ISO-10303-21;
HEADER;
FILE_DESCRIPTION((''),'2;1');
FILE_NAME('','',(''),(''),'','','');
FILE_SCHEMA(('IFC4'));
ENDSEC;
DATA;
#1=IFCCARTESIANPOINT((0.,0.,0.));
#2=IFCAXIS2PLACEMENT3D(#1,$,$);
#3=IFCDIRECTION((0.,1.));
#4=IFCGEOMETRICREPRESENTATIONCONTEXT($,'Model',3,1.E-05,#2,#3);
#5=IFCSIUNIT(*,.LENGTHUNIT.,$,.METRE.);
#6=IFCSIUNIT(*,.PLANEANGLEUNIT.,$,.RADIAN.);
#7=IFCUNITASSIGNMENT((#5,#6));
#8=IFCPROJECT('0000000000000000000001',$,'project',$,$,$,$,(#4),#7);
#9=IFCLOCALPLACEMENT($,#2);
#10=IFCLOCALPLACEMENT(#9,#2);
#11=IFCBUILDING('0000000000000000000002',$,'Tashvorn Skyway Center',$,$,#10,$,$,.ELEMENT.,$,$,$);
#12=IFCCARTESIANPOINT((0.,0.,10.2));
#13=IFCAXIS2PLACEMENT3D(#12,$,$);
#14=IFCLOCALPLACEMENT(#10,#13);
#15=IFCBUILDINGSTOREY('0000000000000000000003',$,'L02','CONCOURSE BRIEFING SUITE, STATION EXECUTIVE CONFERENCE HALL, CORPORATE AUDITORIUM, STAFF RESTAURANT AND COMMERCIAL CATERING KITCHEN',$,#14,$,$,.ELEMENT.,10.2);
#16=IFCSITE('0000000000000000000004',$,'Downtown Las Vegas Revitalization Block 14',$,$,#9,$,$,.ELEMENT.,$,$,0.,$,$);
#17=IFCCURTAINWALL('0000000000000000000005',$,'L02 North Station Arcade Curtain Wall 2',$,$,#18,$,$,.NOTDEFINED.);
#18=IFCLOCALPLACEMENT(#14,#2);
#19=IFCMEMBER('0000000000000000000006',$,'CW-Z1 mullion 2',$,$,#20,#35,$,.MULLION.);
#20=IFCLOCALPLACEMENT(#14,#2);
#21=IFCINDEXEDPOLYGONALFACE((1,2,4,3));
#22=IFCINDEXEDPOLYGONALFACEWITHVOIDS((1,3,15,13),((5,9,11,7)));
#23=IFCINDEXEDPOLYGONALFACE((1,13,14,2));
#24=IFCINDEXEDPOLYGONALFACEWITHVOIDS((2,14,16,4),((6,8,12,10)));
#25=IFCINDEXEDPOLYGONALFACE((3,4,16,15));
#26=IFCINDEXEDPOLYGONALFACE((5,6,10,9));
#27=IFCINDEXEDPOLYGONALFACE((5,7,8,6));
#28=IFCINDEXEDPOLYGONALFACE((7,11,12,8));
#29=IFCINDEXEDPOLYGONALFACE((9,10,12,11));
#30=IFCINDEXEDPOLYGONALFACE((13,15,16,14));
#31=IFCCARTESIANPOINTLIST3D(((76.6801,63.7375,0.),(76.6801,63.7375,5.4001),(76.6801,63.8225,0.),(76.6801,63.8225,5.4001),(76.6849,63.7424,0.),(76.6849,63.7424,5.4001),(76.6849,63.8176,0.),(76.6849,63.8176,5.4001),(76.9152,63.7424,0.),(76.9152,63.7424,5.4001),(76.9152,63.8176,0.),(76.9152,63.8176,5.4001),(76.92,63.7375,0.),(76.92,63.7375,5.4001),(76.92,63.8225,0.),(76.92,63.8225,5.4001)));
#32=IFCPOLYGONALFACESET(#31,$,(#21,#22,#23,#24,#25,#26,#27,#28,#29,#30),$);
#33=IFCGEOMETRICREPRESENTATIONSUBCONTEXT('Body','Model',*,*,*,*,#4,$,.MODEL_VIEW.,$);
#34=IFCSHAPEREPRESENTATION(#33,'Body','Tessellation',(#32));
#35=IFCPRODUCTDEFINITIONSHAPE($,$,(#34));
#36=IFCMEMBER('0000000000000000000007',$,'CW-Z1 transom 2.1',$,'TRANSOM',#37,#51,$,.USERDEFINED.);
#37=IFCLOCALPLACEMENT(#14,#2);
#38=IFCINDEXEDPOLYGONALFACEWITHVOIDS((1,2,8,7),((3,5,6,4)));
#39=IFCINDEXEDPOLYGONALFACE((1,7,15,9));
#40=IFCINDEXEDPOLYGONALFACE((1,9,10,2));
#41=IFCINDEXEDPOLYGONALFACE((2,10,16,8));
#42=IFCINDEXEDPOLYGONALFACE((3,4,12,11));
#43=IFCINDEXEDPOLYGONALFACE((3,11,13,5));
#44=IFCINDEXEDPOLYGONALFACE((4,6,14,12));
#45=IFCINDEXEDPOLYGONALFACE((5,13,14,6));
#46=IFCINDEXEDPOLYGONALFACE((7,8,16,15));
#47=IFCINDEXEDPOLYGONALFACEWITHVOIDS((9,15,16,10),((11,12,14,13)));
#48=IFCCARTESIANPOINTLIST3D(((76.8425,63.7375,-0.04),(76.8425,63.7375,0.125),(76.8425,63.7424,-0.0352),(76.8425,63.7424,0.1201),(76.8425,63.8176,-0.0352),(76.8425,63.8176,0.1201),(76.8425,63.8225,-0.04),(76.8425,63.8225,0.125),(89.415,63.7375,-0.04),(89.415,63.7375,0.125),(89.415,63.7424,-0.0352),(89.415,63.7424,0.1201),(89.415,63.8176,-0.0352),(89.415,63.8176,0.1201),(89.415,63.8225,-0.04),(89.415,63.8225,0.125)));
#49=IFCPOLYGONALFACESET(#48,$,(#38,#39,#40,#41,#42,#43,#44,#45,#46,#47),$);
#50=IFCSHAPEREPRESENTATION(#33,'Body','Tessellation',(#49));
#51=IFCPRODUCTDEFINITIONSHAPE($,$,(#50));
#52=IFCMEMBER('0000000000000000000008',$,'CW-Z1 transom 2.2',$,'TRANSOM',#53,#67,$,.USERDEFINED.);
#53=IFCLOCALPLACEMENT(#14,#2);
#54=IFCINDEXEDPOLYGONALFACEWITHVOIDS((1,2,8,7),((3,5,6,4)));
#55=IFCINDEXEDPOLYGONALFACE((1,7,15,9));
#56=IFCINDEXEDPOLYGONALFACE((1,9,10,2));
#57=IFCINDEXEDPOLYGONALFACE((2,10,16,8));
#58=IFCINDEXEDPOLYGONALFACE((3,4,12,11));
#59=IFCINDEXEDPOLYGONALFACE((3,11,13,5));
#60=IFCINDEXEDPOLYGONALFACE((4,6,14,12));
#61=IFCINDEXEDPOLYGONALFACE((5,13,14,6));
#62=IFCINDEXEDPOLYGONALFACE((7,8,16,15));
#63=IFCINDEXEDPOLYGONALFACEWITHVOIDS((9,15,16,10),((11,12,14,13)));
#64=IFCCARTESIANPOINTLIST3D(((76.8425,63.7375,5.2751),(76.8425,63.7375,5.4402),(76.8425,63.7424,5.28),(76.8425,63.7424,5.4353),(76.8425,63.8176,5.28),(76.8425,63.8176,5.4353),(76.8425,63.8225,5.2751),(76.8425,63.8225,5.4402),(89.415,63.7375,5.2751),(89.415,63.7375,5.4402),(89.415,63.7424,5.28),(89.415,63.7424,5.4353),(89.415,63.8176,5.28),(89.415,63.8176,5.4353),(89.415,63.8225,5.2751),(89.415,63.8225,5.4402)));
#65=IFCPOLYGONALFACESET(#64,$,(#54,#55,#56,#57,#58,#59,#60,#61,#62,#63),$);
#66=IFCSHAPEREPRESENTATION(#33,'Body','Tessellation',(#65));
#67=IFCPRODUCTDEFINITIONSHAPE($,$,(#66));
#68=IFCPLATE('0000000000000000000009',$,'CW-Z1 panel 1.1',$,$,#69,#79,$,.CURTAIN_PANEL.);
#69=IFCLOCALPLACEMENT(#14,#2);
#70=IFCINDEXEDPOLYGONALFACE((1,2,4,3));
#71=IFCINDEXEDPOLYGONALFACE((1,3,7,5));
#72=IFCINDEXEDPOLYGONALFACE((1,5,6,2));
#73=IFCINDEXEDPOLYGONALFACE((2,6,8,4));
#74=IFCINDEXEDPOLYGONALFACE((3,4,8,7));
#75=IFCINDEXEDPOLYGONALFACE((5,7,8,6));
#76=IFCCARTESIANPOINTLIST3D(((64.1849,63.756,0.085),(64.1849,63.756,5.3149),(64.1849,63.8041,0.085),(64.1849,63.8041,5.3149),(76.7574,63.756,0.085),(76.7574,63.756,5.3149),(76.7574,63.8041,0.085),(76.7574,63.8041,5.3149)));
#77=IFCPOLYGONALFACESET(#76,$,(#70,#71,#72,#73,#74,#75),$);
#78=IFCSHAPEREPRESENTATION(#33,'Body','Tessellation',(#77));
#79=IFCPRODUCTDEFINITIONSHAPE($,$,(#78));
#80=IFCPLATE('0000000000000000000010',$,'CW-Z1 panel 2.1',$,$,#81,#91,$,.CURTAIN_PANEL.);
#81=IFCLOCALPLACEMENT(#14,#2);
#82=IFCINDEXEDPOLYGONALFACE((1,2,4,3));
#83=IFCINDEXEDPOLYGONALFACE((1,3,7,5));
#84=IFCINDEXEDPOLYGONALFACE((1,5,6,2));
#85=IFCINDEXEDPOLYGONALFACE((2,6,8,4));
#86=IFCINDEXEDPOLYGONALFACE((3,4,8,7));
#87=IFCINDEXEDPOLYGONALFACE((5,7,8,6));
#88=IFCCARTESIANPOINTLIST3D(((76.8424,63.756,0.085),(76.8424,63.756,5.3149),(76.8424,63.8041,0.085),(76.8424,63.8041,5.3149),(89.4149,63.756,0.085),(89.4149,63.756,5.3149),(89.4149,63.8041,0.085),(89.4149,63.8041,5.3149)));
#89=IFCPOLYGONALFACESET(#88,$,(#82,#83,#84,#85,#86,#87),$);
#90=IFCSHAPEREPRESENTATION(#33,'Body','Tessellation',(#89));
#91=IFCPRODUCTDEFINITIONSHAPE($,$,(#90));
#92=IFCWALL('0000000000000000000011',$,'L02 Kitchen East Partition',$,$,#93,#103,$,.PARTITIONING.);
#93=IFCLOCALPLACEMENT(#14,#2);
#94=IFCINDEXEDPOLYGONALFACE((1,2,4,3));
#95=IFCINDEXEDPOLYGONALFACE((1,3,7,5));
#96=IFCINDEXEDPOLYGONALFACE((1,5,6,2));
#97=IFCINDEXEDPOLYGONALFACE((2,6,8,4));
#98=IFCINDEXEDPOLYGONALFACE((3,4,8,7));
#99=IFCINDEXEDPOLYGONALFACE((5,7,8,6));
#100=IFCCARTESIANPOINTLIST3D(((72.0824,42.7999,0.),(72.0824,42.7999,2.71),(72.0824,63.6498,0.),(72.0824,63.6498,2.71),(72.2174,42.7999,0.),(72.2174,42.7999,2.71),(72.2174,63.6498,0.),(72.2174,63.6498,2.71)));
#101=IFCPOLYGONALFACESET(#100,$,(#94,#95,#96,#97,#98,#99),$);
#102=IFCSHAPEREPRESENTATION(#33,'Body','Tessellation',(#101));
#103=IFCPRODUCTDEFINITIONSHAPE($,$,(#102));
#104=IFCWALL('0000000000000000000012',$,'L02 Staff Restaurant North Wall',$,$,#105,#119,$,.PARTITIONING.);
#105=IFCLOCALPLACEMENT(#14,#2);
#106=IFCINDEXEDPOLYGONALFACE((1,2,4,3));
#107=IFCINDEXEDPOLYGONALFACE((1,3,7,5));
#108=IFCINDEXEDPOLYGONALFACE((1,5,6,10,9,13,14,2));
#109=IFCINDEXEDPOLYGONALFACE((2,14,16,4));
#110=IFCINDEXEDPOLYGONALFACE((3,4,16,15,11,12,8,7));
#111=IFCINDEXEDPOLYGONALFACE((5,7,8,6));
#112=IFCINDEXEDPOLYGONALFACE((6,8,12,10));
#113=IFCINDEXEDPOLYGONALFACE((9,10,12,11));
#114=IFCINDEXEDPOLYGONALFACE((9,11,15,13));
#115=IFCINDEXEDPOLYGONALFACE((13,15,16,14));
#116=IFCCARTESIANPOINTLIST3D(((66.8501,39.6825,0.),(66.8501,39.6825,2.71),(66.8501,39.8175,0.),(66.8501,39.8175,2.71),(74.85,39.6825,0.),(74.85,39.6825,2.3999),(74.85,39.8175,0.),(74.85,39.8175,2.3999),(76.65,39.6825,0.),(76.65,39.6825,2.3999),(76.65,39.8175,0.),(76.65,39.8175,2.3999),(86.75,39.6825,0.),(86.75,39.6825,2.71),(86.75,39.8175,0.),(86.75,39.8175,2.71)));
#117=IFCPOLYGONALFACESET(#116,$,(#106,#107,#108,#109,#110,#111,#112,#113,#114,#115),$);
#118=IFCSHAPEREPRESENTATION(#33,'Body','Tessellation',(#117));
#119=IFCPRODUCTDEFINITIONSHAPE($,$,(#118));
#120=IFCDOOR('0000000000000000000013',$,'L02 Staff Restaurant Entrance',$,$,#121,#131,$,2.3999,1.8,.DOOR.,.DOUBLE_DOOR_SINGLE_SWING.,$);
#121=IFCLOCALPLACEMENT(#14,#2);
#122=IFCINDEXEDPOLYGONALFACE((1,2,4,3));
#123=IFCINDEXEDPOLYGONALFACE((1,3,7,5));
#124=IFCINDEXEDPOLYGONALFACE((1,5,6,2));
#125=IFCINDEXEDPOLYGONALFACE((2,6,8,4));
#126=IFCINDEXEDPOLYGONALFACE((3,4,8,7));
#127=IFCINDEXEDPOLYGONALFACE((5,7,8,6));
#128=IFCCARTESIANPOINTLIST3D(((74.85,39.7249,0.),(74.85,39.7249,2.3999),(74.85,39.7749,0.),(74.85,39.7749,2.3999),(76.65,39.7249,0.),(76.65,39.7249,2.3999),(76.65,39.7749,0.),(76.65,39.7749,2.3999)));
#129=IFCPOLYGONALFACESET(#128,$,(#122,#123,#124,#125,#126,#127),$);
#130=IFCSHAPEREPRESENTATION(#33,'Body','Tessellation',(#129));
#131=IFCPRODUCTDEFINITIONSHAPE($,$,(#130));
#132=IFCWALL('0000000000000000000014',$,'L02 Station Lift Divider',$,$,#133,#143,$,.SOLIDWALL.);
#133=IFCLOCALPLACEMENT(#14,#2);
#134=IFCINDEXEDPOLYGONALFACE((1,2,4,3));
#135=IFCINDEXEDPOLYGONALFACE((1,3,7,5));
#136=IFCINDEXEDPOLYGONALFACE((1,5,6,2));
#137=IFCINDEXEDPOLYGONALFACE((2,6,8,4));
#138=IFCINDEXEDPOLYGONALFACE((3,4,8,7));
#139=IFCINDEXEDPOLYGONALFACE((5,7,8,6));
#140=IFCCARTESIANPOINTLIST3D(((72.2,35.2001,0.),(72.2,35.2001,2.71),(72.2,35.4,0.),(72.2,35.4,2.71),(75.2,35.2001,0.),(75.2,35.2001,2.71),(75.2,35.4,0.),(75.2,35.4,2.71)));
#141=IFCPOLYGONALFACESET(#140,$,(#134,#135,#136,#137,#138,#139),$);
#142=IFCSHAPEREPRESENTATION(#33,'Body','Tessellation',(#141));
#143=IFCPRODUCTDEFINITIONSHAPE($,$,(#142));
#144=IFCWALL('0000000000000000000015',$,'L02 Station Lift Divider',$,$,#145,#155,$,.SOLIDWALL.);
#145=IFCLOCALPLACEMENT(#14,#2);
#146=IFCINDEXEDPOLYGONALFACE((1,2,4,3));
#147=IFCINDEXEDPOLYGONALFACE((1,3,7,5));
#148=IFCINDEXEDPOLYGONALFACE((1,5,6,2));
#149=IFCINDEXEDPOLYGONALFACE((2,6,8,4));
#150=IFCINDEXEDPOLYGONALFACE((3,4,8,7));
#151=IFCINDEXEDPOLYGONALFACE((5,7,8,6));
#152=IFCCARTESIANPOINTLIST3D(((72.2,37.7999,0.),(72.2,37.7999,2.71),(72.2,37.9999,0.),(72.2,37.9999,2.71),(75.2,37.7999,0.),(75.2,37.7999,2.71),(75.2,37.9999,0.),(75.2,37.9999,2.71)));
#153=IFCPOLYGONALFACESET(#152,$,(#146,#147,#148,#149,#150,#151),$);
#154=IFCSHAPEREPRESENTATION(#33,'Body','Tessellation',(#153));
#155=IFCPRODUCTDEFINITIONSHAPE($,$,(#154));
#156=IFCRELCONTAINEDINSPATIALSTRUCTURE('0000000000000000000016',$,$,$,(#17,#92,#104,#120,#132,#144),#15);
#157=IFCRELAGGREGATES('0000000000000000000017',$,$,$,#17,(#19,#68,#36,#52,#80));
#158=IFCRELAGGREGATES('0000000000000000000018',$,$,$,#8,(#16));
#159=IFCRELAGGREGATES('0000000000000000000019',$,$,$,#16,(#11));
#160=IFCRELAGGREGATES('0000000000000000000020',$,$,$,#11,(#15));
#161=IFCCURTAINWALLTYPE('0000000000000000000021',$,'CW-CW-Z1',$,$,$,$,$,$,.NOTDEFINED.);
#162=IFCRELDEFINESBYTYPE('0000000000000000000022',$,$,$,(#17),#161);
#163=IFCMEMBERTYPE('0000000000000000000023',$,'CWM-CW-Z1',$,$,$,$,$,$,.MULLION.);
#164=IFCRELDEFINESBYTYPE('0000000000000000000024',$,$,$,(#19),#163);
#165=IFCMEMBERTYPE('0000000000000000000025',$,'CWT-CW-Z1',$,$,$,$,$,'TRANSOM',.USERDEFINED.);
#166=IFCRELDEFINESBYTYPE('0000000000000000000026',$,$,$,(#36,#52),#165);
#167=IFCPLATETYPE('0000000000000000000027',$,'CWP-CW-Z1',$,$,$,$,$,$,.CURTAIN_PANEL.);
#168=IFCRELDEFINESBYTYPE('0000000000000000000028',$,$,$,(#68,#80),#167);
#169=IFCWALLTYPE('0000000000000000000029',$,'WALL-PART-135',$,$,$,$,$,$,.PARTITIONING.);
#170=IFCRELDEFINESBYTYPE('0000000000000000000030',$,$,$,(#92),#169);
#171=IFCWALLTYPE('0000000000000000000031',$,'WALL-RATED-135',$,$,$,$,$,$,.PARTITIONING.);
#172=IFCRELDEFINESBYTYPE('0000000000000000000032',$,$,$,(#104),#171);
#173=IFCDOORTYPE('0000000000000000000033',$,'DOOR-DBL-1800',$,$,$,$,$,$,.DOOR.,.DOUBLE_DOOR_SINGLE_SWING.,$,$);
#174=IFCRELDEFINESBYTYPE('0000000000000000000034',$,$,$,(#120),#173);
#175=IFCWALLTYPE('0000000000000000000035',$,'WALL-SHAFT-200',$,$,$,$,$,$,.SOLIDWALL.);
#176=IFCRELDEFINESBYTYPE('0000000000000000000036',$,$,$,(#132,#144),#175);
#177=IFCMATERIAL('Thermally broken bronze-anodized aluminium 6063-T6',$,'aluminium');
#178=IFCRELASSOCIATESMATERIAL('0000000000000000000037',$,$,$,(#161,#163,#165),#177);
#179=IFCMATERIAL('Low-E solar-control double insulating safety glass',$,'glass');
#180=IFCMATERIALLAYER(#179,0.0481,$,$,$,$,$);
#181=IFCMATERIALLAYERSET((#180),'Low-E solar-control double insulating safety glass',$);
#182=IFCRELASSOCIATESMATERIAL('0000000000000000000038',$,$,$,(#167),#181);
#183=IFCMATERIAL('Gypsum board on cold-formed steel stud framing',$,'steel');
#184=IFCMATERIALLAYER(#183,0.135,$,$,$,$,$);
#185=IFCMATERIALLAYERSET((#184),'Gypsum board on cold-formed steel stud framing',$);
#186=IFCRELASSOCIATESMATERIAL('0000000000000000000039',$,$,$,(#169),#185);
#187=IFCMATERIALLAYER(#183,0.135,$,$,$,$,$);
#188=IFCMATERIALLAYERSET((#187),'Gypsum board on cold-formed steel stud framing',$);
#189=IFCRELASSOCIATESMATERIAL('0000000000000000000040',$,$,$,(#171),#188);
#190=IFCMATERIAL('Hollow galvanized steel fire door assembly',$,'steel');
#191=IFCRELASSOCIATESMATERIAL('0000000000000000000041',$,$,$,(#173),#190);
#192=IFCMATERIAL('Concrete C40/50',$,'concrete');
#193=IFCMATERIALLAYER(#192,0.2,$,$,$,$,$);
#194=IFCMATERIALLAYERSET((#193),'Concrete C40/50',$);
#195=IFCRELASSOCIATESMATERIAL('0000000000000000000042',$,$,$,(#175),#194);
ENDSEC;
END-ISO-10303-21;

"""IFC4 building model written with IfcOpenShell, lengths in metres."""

from ifc_helpers import new_model, si_unit, direction, frame, frame_2d, origin, origin_2d, place, context, subcontext, project, spatial, rectangle, hollow_rectangle, extrude, material, layer, layer_set, material_profile, profile_set, type_object, element, fill, aggregate, save


model = new_model("IFC4")

# Units and contexts
model_context = context("Model", 3, precision=1e-05, world=origin(), true_north=direction((0.0, 1.0)))
body_context = subcontext(model_context, "Body", "Model", "MODEL_VIEW")
ifc_project = project(units=[si_unit("LENGTHUNIT", "METRE"), si_unit("PLANEANGLEUNIT", "RADIAN")], contexts=[model_context])

# Site, building, storey
site_placement = place(None, origin())
site = spatial("IfcSite", under=ifc_project, at=site_placement, Name="Downtown Las Vegas Revitalization Block 14", CompositionType="ELEMENT", RefElevation=0.0)
building_placement = place(site_placement, origin())
building = spatial("IfcBuilding", under=site, at=building_placement, Name="Tashvorn Skyway Center", CompositionType="ELEMENT")
storey_placement = place(building_placement, frame((0.0, 0.0, 10.2)))
storey = spatial("IfcBuildingStorey", under=building, at=storey_placement, Name="L02", Description="CONCOURSE BRIEFING SUITE, STATION EXECUTIVE CONFERENCE HALL, CORPORATE AUDITORIUM, STAFF RESTAURANT AND COMMERCIAL CATERING KITCHEN", CompositionType="ELEMENT", Elevation=10.2)

# Curtain wall, members, plates
ifc_material_1 = material(Name="Thermally broken bronze-anodized aluminium 6063-T6", Category="aluminium")
curtain_wall_type = type_object("IfcCurtainWallType", Name="CW-CW-Z1", PredefinedType="NOTDEFINED", material=ifc_material_1)
curtain_wall_placement = place(storey_placement, origin())
curtain_wall = element("IfcCurtainWall", 1, at=curtain_wall_placement, inside=storey, type_object=curtain_wall_type, Name="L02 North Station Arcade Curtain Wall 2", PredefinedType="NOTDEFINED")
ifc_material_profile_1 = material_profile(ifc_material_1, hollow_rectangle(XDim=0.085, YDim=0.24, WallThickness=0.0049, at=origin_2d()), Name="ALU-MULL-85x240")
ifc_profile_set_1 = profile_set([ifc_material_profile_1], Name="Thermally broken bronze-anodized aluminium 6063-T6")
member_type_1 = type_object("IfcMemberType", Name="CWM-CW-Z1", PredefinedType="MULLION", material=ifc_profile_set_1)
member_1_placement = place(storey_placement, frame((76.8, 63.78, 0.0), z_axis=(0.0, 0.0, 1.0), x_axis=(0.0, 1.0, 0.0)))
member_1 = element("IfcMember", 2, at=member_1_placement, type_object=member_type_1, Name="CW-Z1 mullion 2", PredefinedType="MULLION", context=body_context, shape_type="SweptSolid", body=[
    extrude(hollow_rectangle(XDim=0.085, YDim=0.24, WallThickness=0.0049, at=origin_2d()), origin(), (0.0, 0.0, 1.0), 5.4001),
])
ifc_material_profile_2 = material_profile(ifc_material_1, hollow_rectangle(XDim=0.085, YDim=0.165, WallThickness=0.0049, at=origin_2d()), Name="ALU-TRAN-85x165")
ifc_profile_set_2 = profile_set([ifc_material_profile_2], Name="Thermally broken bronze-anodized aluminium 6063-T6")
member_type_2 = type_object("IfcMemberType", Name="CWT-CW-Z1", ElementType="TRANSOM", PredefinedType="USERDEFINED", material=ifc_profile_set_2)
member_2_placement = place(storey_placement, frame((76.8425, 63.78, 0.0425), z_axis=(1.0, 0.0, 0.0), x_axis=(0.0, 1.0, 0.0)))
member_2 = element("IfcMember", 3, at=member_2_placement, type_object=member_type_2, Name="CW-Z1 transom 2.1", ObjectType="TRANSOM", PredefinedType="USERDEFINED", context=body_context, shape_type="SweptSolid", body=[
    extrude(hollow_rectangle(XDim=0.085, YDim=0.165, WallThickness=0.0049, at=origin_2d()), origin(), (0.0, 0.0, 1.0), 12.5725),
])
member_3_placement = place(storey_placement, frame((76.8425, 63.78, 5.3577), z_axis=(1.0, 0.0, 0.0), x_axis=(0.0, 1.0, 0.0)))
member_3 = element("IfcMember", 4, at=member_3_placement, type_object=member_type_2, Name="CW-Z1 transom 2.2", ObjectType="TRANSOM", PredefinedType="USERDEFINED", context=body_context, shape_type="SweptSolid", body=[
    extrude(hollow_rectangle(XDim=0.085, YDim=0.165, WallThickness=0.0049, at=origin_2d()), origin(), (0.0, 0.0, 1.0), 12.5725),
])
ifc_material_2 = material(Name="Low-E solar-control double insulating safety glass", Category="glass")
ifc_layer_1 = layer(ifc_material_2, 0.0481)
ifc_layer_set_1 = layer_set([ifc_layer_1], Name="Low-E solar-control double insulating safety glass")
plate_type = type_object("IfcPlateType", Name="CWP-CW-Z1", PredefinedType="CURTAIN_PANEL", material=ifc_layer_set_1)
plate_1_placement = place(storey_placement, frame((70.4712, 63.78, 0.085), z_axis=(0.0, 0.0, 1.0), x_axis=(1.0, 0.0, 0.0)))
plate_1 = element("IfcPlate", 5, at=plate_1_placement, type_object=plate_type, Name="CW-Z1 panel 1.1", PredefinedType="CURTAIN_PANEL", context=body_context, shape_type="SweptSolid", body=[
    extrude(rectangle(XDim=12.5725, YDim=0.0481, at=origin_2d()), origin(), (0.0, 0.0, 1.0), 5.23),
])
plate_2_placement = place(storey_placement, frame((83.1287, 63.78, 0.085), z_axis=(0.0, 0.0, 1.0), x_axis=(1.0, 0.0, 0.0)))
plate_2 = element("IfcPlate", 6, at=plate_2_placement, type_object=plate_type, Name="CW-Z1 panel 2.1", PredefinedType="CURTAIN_PANEL", context=body_context, shape_type="SweptSolid", body=[
    extrude(rectangle(XDim=12.5725, YDim=0.0481, at=origin_2d()), origin(), (0.0, 0.0, 1.0), 5.23),
])
aggregate(curtain_wall, [member_1, plate_1, member_2, member_3, plate_2])

# Wall
ifc_material_3 = material(Name="Gypsum board on cold-formed steel stud framing", Category="steel")
ifc_layer_2 = layer(ifc_material_3, 0.135)
ifc_layer_set_2 = layer_set([ifc_layer_2], Name="Gypsum board on cold-formed steel stud framing")
wall_type_1 = type_object("IfcWallType", Name="WALL-PART-135", PredefinedType="PARTITIONING", material=ifc_layer_set_2)
wall_1_placement = place(storey_placement, frame((72.1499, 42.8, 0.0), z_axis=(0.0, 0.0, 1.0), x_axis=(0.0, 1.0, 0.0)))
element("IfcWall", 7, at=wall_1_placement, inside=storey, type_object=wall_type_1, Name="L02 Kitchen East Partition", PredefinedType="PARTITIONING", context=body_context, shape_type="SweptSolid", body=[
    extrude(rectangle(XDim=20.8499, YDim=0.135, at=frame_2d((10.4248, 0.0))), origin(), (0.0, 0.0, 1.0), 2.71),
])

# Wall, opening, door
ifc_layer_3 = layer(ifc_material_3, 0.135)
ifc_layer_set_3 = layer_set([ifc_layer_3], Name="Gypsum board on cold-formed steel stud framing")
wall_type_2 = type_object("IfcWallType", Name="WALL-RATED-135", PredefinedType="PARTITIONING", material=ifc_layer_set_3)
wall_2_placement = place(storey_placement, frame((66.8501, 39.75, 0.0), z_axis=(0.0, 0.0, 1.0), x_axis=(1.0, 0.0, 0.0)))
wall_2 = element("IfcWall", 8, at=wall_2_placement, inside=storey, type_object=wall_type_2, Name="L02 Staff Restaurant North Wall", PredefinedType="PARTITIONING", context=body_context, shape_type="SweptSolid", body=[
    extrude(rectangle(XDim=19.8999, YDim=0.135, at=frame_2d((9.95, 0.0))), origin(), (0.0, 0.0, 1.0), 2.71),
])
opening_1_placement = place(wall_2_placement, frame((8.0, 0.0, 0.0)))
opening_1 = element("IfcOpeningElement", 9, at=opening_1_placement, cuts=wall_2, PredefinedType="OPENING", context=body_context, shape_type="SweptSolid", body=[
    extrude(rectangle(XDim=1.8, YDim=2.3999, at=frame_2d((0.8999, 1.2))), frame((0.0, 0.0774, 0.0), z_axis=(0.0, -1.0, 0.0), x_axis=(1.0, 0.0, 0.0)), (0.0, 0.0, 1.0), 0.155),
])
ifc_material_4 = material(Name="Hollow galvanized steel fire door assembly", Category="steel")
door_type_1 = type_object("IfcDoorType", Name="DOOR-DBL-1800", OperationType="DOUBLE_DOOR_SINGLE_SWING", PredefinedType="DOOR", material=ifc_material_4)
door_1_placement = place(opening_1_placement, origin())
door_1 = element("IfcDoor", 10, at=door_1_placement, inside=storey, type_object=door_type_1, Name="L02 Staff Restaurant Entrance", OperationType="DOUBLE_DOOR_SINGLE_SWING", OverallHeight=2.3999, OverallWidth=1.8, PredefinedType="DOOR", context=body_context, shape_type="SweptSolid", body=[
    extrude(rectangle(XDim=1.8, YDim=2.3999, at=frame_2d((0.8999, 1.2))), frame((0.0, 0.0249, 0.0), z_axis=(0.0, -1.0, 0.0), x_axis=(1.0, 0.0, 0.0)), (0.0, 0.0, 1.0), 0.05),
])
fill(opening_1, door_1)

# Walls
ifc_material_5 = material(Name="Concrete C40/50", Category="concrete")
ifc_layer_4 = layer(ifc_material_5, 0.2)
ifc_layer_set_4 = layer_set([ifc_layer_4], Name="Concrete C40/50")
wall_type_3 = type_object("IfcWallType", Name="WALL-SHAFT-200", PredefinedType="SOLIDWALL", material=ifc_layer_set_4)
for number, where, z_axis, x_axis, name in (
    (11, (72.2, 35.3, 0.0), (0.0, 0.0, 1.0), (1.0, 0.0, 0.0), "L02 Station Lift Divider"),
    (12, (72.2, 37.8999, 0.0), (0.0, 0.0, 1.0), (1.0, 0.0, 0.0), "L02 Station Lift Divider"),
):
    element("IfcWall", number, at=place(storey_placement, frame(where, z_axis=z_axis, x_axis=x_axis)), inside=storey, type_object=wall_type_3, Name=name, PredefinedType="SOLIDWALL", context=body_context, shape_type="SweptSolid", body=[
        extrude(rectangle(XDim=3.0, YDim=0.2, at=frame_2d((1.5, 0.0))), origin(), (0.0, 0.0, 1.0), 2.71),
    ])

save(model, "model.ifc")
